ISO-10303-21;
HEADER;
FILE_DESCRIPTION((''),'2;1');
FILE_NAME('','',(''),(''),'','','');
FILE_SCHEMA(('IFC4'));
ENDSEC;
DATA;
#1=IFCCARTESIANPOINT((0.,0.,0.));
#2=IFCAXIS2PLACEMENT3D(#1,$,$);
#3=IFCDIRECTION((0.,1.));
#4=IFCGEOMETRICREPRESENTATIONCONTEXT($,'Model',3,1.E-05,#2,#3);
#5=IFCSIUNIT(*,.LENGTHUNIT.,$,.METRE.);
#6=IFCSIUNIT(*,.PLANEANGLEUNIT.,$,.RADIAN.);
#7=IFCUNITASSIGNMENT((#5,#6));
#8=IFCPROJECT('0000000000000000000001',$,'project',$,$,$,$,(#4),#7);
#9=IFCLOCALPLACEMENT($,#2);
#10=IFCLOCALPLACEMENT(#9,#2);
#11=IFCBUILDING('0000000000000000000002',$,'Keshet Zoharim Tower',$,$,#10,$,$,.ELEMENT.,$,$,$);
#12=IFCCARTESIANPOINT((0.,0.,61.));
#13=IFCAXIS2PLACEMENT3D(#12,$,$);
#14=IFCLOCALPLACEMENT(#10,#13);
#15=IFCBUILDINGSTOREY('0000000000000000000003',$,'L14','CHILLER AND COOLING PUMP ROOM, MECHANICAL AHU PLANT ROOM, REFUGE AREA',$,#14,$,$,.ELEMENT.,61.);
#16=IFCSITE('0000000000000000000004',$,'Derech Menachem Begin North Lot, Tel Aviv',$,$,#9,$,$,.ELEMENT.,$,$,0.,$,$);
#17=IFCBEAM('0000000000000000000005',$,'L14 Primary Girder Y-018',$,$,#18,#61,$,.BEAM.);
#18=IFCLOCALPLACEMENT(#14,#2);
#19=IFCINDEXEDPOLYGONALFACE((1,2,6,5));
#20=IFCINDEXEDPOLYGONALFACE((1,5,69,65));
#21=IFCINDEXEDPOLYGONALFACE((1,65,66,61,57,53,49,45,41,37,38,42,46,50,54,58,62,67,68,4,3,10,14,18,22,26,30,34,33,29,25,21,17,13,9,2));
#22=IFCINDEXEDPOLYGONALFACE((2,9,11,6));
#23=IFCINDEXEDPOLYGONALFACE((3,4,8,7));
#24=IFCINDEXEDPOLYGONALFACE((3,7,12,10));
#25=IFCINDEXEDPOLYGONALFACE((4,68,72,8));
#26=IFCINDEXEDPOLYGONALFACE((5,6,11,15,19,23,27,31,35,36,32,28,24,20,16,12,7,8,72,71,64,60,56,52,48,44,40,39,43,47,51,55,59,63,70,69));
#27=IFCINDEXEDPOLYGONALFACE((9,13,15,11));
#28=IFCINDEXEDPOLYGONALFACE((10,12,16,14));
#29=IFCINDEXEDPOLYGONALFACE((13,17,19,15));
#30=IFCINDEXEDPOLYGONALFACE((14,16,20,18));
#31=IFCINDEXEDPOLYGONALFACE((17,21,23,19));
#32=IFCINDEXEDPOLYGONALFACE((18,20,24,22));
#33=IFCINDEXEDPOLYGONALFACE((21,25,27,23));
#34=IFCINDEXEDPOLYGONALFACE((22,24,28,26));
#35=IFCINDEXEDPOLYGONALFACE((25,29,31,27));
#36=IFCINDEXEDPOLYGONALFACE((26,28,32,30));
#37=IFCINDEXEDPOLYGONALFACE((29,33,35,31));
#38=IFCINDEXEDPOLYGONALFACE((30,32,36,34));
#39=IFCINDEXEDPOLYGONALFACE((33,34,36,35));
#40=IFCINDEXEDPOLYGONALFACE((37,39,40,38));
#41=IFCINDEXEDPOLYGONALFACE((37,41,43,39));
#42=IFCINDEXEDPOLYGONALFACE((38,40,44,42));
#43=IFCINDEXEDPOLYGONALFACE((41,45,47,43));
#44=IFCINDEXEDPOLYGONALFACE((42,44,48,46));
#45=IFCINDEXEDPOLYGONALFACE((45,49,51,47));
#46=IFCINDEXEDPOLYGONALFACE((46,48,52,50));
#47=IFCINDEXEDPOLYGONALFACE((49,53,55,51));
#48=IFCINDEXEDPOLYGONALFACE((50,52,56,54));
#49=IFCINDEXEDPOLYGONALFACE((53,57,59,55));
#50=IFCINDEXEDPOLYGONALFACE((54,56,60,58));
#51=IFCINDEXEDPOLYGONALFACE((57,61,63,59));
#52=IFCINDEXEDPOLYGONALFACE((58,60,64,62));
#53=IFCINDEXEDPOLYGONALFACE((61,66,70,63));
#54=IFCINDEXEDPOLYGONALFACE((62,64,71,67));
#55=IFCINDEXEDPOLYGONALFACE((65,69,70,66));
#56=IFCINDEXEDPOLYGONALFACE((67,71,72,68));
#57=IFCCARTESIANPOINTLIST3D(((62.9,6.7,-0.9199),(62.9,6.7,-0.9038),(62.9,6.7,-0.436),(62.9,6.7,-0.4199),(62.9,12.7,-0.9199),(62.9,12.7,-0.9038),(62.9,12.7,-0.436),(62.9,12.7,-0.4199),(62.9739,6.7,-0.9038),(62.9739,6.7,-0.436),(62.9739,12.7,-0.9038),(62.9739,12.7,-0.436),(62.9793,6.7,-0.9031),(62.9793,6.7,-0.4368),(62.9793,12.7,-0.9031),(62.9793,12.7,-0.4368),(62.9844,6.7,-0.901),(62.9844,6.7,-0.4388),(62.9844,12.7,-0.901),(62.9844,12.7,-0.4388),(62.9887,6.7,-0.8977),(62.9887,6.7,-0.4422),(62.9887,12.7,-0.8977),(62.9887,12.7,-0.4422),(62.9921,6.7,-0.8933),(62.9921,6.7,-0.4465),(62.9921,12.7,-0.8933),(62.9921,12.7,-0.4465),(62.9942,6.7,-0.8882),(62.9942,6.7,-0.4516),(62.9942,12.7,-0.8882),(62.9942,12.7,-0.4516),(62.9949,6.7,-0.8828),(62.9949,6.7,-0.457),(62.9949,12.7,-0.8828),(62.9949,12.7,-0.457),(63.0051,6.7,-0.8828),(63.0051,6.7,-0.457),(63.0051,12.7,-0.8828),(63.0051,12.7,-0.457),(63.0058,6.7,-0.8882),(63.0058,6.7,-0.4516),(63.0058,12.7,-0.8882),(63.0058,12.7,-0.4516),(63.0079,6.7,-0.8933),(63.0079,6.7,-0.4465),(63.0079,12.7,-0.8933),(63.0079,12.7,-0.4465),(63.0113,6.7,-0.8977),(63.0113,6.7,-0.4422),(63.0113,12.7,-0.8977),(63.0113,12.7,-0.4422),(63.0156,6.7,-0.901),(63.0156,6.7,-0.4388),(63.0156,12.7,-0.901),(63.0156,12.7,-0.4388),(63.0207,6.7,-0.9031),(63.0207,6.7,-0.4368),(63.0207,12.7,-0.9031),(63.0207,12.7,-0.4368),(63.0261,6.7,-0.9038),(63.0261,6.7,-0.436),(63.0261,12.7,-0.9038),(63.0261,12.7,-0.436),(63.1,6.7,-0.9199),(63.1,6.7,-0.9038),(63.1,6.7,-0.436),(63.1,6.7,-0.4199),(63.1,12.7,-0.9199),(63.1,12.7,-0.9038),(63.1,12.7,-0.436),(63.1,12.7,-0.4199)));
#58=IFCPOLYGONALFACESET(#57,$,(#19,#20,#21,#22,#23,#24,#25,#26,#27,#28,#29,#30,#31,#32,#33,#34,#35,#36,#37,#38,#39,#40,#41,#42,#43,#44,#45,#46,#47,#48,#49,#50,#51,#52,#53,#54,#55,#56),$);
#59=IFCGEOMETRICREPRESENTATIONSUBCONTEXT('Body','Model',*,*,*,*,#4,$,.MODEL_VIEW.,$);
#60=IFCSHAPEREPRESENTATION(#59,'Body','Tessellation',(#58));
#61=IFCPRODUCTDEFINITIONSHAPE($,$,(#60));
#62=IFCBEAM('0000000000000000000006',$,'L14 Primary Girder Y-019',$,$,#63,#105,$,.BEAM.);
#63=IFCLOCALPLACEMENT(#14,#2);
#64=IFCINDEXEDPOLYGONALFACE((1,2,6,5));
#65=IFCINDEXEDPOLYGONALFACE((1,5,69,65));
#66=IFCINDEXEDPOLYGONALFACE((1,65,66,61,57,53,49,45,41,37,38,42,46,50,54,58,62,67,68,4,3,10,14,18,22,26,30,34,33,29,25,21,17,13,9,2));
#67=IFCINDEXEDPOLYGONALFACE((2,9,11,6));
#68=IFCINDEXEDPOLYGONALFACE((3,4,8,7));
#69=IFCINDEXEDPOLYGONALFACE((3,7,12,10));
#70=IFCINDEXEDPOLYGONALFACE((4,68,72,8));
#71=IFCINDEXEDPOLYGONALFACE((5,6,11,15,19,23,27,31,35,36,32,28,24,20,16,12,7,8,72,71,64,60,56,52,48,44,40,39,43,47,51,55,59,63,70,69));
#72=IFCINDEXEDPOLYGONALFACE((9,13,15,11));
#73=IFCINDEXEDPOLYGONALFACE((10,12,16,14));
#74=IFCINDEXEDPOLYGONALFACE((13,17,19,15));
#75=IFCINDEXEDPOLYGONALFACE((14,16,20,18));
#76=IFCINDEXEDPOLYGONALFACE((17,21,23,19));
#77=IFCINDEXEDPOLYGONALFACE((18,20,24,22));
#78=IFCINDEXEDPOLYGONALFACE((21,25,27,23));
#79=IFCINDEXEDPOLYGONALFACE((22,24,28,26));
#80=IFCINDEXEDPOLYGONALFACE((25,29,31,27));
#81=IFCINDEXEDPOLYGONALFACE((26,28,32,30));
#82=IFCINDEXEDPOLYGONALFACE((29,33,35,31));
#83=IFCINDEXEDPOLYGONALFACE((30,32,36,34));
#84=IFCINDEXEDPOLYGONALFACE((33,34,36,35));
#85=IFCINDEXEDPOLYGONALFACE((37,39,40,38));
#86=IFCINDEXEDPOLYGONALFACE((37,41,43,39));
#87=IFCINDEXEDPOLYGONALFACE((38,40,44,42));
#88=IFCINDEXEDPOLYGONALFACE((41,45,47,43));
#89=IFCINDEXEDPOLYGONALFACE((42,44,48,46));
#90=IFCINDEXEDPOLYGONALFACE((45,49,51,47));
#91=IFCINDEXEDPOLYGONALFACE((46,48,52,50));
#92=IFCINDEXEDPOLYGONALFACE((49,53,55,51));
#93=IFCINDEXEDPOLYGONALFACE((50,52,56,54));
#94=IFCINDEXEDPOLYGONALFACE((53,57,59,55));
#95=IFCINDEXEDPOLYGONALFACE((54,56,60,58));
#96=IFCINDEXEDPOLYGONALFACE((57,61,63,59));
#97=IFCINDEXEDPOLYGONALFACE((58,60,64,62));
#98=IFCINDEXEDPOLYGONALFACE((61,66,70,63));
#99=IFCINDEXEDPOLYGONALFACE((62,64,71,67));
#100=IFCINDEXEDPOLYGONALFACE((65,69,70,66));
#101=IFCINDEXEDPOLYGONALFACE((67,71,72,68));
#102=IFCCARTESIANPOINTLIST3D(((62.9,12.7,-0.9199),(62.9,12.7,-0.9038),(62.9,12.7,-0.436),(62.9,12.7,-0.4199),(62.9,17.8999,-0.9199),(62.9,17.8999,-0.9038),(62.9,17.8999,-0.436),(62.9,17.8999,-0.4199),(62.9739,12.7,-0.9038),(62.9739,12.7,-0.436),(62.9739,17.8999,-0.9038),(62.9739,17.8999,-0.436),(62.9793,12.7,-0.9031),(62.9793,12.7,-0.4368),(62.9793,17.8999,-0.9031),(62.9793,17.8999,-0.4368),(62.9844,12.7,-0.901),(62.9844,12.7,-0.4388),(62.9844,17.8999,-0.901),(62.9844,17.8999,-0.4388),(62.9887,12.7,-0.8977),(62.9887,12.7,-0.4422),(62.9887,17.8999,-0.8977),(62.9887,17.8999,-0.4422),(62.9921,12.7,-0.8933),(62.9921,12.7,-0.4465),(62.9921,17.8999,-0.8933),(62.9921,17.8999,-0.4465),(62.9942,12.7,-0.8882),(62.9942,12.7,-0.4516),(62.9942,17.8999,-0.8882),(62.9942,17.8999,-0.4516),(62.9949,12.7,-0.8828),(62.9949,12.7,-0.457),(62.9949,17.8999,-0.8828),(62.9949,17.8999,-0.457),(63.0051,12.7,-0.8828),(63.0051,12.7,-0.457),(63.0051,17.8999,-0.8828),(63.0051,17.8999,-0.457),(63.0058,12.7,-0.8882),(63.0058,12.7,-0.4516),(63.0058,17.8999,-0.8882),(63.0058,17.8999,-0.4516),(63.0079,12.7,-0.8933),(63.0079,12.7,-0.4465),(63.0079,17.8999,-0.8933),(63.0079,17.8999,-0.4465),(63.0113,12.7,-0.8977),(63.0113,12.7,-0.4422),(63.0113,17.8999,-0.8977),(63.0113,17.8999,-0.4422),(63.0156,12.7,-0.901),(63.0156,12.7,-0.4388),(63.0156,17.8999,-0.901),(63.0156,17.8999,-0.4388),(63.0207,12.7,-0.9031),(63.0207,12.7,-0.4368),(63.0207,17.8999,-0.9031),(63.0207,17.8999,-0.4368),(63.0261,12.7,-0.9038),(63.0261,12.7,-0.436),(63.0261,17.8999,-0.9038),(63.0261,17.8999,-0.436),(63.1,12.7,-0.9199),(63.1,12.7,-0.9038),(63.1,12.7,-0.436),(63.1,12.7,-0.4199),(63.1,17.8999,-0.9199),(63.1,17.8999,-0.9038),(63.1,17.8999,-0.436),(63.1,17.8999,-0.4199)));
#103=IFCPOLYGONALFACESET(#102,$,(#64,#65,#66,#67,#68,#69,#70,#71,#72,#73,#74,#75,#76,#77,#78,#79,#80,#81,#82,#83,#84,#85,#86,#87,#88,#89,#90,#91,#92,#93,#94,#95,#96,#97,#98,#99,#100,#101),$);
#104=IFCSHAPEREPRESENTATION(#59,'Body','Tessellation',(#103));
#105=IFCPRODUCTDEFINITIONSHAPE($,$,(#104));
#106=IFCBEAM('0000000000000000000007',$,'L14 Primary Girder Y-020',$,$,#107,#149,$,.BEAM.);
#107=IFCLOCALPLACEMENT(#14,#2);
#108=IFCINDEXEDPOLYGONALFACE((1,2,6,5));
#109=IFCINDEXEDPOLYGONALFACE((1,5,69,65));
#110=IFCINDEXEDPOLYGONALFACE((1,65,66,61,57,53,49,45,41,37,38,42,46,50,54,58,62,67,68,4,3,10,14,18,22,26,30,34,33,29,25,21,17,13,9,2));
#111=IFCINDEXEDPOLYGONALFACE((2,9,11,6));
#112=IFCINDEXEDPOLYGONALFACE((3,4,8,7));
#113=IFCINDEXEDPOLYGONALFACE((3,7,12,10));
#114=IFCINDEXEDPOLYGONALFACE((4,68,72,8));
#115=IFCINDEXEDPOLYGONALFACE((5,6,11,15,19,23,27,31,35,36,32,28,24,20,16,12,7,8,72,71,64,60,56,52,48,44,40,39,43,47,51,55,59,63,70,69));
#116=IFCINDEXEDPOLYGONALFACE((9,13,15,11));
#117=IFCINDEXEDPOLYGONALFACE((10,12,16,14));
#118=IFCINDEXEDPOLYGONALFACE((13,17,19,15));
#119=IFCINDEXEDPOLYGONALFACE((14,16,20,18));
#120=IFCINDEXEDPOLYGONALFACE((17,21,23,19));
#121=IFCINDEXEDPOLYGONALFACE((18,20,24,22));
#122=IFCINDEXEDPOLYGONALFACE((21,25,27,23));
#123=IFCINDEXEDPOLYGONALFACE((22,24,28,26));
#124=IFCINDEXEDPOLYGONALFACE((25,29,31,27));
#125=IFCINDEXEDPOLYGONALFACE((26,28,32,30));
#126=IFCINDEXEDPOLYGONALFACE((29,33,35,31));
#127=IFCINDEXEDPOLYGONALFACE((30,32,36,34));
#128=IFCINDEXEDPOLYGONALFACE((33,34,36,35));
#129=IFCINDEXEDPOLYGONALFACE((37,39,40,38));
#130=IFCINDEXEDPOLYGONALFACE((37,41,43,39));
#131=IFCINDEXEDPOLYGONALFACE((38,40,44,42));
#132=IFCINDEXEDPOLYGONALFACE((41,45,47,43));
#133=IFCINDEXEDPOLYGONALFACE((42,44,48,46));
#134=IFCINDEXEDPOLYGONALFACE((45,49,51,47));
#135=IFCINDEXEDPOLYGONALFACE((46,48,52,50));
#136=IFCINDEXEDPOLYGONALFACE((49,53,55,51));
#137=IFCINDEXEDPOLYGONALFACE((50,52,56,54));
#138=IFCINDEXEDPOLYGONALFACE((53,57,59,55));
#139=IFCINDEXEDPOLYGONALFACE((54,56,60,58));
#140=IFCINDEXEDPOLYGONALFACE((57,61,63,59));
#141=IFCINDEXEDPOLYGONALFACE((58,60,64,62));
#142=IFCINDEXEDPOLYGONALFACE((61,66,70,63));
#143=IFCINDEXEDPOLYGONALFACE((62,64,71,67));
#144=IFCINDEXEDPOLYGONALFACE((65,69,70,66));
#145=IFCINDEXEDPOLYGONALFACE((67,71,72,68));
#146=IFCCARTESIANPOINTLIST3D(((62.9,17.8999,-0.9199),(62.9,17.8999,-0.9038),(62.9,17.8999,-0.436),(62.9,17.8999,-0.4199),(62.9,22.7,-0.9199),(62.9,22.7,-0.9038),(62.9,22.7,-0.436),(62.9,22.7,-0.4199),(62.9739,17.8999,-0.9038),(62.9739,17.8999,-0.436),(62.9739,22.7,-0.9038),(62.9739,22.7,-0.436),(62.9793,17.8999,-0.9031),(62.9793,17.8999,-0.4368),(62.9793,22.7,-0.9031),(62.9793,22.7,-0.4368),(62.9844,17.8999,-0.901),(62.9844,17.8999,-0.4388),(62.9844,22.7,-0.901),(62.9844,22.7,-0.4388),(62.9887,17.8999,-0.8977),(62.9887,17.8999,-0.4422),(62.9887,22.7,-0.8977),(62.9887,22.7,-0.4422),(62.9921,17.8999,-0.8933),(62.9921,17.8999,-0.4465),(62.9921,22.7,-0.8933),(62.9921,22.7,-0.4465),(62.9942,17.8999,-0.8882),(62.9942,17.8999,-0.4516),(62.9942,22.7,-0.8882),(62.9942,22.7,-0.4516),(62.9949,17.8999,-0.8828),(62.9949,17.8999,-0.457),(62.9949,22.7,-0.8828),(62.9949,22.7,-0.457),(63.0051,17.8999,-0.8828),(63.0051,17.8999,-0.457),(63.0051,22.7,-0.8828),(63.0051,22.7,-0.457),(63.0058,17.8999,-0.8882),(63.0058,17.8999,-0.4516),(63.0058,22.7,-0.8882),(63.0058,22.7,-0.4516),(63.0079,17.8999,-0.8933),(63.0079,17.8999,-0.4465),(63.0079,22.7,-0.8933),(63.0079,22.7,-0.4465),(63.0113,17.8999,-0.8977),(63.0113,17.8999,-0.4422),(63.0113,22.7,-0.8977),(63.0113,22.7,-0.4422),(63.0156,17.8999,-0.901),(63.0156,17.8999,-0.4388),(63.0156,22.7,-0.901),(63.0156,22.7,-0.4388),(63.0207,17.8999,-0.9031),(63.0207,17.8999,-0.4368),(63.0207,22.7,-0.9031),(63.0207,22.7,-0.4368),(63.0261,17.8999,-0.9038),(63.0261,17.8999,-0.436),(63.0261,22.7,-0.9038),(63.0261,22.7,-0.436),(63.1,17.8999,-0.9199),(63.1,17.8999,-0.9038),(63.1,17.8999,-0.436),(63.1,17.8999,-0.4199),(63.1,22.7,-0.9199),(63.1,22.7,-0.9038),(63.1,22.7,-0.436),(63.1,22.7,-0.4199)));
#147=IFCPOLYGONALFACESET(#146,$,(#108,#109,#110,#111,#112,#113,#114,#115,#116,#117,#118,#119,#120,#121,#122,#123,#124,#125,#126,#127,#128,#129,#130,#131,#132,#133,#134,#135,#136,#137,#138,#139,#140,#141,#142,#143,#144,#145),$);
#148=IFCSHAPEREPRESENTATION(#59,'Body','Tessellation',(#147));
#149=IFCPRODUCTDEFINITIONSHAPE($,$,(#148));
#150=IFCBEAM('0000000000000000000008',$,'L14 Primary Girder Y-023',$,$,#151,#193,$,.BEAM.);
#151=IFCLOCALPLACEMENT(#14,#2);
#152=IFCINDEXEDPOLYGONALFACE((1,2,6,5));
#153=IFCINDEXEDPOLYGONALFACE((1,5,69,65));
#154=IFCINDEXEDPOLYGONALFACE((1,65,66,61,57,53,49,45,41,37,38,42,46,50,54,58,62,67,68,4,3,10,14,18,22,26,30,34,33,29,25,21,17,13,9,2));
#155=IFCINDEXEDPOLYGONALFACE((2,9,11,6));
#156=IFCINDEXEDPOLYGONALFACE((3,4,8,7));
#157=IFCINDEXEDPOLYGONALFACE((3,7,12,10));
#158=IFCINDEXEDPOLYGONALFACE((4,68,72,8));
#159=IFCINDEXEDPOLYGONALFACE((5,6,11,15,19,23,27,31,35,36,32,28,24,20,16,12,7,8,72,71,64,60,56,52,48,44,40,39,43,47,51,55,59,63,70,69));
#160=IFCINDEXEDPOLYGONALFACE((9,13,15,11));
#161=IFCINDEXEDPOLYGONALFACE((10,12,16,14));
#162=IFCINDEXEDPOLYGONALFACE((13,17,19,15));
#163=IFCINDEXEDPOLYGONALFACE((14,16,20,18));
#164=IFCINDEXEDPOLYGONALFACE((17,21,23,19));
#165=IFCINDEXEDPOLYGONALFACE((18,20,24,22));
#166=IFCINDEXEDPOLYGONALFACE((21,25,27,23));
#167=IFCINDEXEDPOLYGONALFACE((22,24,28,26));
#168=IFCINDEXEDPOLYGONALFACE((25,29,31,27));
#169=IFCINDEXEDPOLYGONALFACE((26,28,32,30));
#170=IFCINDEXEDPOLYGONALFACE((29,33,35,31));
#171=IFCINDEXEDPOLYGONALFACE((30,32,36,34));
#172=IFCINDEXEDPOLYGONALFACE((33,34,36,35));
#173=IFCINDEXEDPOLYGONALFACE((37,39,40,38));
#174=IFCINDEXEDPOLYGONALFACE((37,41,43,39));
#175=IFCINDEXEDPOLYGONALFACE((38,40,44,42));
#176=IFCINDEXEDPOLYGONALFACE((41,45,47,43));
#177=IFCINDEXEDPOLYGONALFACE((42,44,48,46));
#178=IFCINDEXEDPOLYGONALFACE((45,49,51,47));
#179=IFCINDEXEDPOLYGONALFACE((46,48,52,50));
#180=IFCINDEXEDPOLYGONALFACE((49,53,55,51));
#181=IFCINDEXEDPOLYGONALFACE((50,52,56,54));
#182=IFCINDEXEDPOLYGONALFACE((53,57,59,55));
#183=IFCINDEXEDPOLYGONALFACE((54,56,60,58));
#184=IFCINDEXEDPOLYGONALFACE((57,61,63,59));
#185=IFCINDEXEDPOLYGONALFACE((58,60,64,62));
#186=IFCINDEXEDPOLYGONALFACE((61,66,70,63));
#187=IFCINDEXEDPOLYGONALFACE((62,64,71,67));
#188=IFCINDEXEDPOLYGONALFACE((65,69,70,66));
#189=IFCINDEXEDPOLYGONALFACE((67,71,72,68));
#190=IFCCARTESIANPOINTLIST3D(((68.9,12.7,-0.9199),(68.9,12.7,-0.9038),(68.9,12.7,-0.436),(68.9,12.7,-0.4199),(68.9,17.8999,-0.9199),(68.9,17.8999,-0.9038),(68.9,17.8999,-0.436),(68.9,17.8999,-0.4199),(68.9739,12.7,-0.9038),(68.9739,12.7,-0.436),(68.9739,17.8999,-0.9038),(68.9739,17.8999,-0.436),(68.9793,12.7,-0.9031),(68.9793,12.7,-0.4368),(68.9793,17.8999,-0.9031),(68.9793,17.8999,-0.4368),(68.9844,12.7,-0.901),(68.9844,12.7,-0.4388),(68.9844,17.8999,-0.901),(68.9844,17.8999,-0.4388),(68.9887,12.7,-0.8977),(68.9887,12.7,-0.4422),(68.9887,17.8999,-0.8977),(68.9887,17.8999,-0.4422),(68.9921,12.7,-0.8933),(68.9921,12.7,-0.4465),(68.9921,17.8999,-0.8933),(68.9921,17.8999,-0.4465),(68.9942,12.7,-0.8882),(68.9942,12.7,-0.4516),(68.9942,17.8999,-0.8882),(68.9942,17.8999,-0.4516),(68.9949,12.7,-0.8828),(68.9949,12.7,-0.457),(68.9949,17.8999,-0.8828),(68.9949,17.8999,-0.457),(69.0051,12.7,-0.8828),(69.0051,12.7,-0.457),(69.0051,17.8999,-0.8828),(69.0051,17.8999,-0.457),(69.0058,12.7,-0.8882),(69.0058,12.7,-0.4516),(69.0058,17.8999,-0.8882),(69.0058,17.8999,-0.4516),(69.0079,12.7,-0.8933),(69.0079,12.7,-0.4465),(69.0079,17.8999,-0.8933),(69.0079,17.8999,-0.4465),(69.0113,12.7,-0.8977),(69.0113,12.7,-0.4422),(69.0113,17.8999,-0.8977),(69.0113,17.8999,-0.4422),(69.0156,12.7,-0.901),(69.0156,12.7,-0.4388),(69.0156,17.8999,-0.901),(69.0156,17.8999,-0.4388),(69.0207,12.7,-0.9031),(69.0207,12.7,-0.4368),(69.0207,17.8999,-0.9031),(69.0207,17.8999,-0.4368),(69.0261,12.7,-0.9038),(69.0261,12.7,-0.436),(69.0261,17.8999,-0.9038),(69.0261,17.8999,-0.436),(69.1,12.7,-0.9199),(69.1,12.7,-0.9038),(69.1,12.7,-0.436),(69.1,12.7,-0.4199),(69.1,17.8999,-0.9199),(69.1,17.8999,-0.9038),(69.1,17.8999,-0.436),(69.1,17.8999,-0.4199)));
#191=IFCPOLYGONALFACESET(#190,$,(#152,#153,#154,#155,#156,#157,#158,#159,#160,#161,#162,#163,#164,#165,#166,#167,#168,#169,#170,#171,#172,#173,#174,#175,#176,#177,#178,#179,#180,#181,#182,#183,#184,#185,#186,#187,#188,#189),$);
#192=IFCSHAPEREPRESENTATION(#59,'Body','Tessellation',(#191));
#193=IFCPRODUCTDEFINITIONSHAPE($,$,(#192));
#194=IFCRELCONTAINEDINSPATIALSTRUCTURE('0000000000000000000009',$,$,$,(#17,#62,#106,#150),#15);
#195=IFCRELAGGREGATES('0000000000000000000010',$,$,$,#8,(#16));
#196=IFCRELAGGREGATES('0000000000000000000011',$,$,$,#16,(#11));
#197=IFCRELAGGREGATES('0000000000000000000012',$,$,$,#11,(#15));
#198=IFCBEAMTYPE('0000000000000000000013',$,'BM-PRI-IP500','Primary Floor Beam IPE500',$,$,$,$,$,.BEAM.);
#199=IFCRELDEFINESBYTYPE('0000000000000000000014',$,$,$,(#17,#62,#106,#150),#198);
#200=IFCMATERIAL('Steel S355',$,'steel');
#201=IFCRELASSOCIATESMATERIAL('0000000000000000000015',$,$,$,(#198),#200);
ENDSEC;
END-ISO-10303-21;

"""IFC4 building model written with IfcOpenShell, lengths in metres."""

from ifc_helpers import new_model, si_unit, direction, frame, origin, origin_2d, place, context, subcontext, project, spatial, i_section, extrude, material, material_profile, profile_set, type_object, element, save


model = new_model("IFC4")

# Units and contexts
model_context = context("Model", 3, precision=1e-05, world=origin(), true_north=direction((0.0, 1.0)))
body_context = subcontext(model_context, "Body", "Model", "MODEL_VIEW")
ifc_project = project(units=[si_unit("LENGTHUNIT", "METRE"), si_unit("PLANEANGLEUNIT", "RADIAN")], contexts=[model_context])

# Site, building, storey
site_placement = place(None, origin())
site = spatial("IfcSite", under=ifc_project, at=site_placement, Name="Derech Menachem Begin North Lot, Tel Aviv", CompositionType="ELEMENT", RefElevation=0.0)
building_placement = place(site_placement, origin())
building = spatial("IfcBuilding", under=site, at=building_placement, Name="Keshet Zoharim Tower", CompositionType="ELEMENT")
storey_placement = place(building_placement, frame((0.0, 0.0, 61.0)))
storey = spatial("IfcBuildingStorey", under=building, at=storey_placement, Name="L14", Description="CHILLER AND COOLING PUMP ROOM, MECHANICAL AHU PLANT ROOM, REFUGE AREA", CompositionType="ELEMENT", Elevation=61.0)

# Shared definitions
ifc_material_1 = material(Name="Steel S355", Category="steel")

# Beams
ifc_material_profile_1 = material_profile(ifc_material_1, i_section(OverallWidth=0.2, OverallDepth=0.5, WebThickness=0.0103, FlangeThickness=0.0161, FilletRadius=0.021, at=origin_2d()), Name="IPE500")
ifc_profile_set_1 = profile_set([ifc_material_profile_1], Name="Steel S355")
beam_type_1 = type_object("IfcBeamType", Name="BM-PRI-IP500", Description="Primary Floor Beam IPE500", PredefinedType="BEAM", material=ifc_profile_set_1)
beam_1_placement = place(storey_placement, frame((63.0, 6.7, -0.6699), z_axis=(0.0, 1.0, 0.0), x_axis=(-1.0, 0.0, 0.0)))
element("IfcBeam", 1, at=beam_1_placement, inside=storey, type_object=beam_type_1, Name="L14 Primary Girder Y-018", PredefinedType="BEAM", context=body_context, shape_type="SweptSolid", body=[
    extrude(i_section(OverallWidth=0.2, OverallDepth=0.5, WebThickness=0.0103, FlangeThickness=0.0161, FilletRadius=0.021, at=origin_2d()), origin(), (0.0, 0.0, 1.0), 6.0),
])
beam_2_placement = place(storey_placement, frame((63.0, 12.7, -0.6699), z_axis=(0.0, 1.0, 0.0), x_axis=(-1.0, 0.0, 0.0)))
element("IfcBeam", 2, at=beam_2_placement, inside=storey, type_object=beam_type_1, Name="L14 Primary Girder Y-019", PredefinedType="BEAM", context=body_context, shape_type="SweptSolid", body=[
    extrude(i_section(OverallWidth=0.2, OverallDepth=0.5, WebThickness=0.0103, FlangeThickness=0.0161, FilletRadius=0.021, at=origin_2d()), origin(), (0.0, 0.0, 1.0), 5.2),
])
beam_3_placement = place(storey_placement, frame((63.0, 17.8999, -0.6699), z_axis=(0.0, 1.0, 0.0), x_axis=(-1.0, 0.0, 0.0)))
element("IfcBeam", 3, at=beam_3_placement, inside=storey, type_object=beam_type_1, Name="L14 Primary Girder Y-020", PredefinedType="BEAM", context=body_context, shape_type="SweptSolid", body=[
    extrude(i_section(OverallWidth=0.2, OverallDepth=0.5, WebThickness=0.0103, FlangeThickness=0.0161, FilletRadius=0.021, at=origin_2d()), origin(), (0.0, 0.0, 1.0), 4.8),
])
beam_4_placement = place(storey_placement, frame((69.0, 12.7, -0.6699), z_axis=(0.0, 1.0, 0.0), x_axis=(-1.0, 0.0, 0.0)))
element("IfcBeam", 4, at=beam_4_placement, inside=storey, type_object=beam_type_1, Name="L14 Primary Girder Y-023", PredefinedType="BEAM", context=body_context, shape_type="SweptSolid", body=[
    extrude(i_section(OverallWidth=0.2, OverallDepth=0.5, WebThickness=0.0103, FlangeThickness=0.0161, FilletRadius=0.021, at=origin_2d()), origin(), (0.0, 0.0, 1.0), 5.2),
])

save(model, "model.ifc")
